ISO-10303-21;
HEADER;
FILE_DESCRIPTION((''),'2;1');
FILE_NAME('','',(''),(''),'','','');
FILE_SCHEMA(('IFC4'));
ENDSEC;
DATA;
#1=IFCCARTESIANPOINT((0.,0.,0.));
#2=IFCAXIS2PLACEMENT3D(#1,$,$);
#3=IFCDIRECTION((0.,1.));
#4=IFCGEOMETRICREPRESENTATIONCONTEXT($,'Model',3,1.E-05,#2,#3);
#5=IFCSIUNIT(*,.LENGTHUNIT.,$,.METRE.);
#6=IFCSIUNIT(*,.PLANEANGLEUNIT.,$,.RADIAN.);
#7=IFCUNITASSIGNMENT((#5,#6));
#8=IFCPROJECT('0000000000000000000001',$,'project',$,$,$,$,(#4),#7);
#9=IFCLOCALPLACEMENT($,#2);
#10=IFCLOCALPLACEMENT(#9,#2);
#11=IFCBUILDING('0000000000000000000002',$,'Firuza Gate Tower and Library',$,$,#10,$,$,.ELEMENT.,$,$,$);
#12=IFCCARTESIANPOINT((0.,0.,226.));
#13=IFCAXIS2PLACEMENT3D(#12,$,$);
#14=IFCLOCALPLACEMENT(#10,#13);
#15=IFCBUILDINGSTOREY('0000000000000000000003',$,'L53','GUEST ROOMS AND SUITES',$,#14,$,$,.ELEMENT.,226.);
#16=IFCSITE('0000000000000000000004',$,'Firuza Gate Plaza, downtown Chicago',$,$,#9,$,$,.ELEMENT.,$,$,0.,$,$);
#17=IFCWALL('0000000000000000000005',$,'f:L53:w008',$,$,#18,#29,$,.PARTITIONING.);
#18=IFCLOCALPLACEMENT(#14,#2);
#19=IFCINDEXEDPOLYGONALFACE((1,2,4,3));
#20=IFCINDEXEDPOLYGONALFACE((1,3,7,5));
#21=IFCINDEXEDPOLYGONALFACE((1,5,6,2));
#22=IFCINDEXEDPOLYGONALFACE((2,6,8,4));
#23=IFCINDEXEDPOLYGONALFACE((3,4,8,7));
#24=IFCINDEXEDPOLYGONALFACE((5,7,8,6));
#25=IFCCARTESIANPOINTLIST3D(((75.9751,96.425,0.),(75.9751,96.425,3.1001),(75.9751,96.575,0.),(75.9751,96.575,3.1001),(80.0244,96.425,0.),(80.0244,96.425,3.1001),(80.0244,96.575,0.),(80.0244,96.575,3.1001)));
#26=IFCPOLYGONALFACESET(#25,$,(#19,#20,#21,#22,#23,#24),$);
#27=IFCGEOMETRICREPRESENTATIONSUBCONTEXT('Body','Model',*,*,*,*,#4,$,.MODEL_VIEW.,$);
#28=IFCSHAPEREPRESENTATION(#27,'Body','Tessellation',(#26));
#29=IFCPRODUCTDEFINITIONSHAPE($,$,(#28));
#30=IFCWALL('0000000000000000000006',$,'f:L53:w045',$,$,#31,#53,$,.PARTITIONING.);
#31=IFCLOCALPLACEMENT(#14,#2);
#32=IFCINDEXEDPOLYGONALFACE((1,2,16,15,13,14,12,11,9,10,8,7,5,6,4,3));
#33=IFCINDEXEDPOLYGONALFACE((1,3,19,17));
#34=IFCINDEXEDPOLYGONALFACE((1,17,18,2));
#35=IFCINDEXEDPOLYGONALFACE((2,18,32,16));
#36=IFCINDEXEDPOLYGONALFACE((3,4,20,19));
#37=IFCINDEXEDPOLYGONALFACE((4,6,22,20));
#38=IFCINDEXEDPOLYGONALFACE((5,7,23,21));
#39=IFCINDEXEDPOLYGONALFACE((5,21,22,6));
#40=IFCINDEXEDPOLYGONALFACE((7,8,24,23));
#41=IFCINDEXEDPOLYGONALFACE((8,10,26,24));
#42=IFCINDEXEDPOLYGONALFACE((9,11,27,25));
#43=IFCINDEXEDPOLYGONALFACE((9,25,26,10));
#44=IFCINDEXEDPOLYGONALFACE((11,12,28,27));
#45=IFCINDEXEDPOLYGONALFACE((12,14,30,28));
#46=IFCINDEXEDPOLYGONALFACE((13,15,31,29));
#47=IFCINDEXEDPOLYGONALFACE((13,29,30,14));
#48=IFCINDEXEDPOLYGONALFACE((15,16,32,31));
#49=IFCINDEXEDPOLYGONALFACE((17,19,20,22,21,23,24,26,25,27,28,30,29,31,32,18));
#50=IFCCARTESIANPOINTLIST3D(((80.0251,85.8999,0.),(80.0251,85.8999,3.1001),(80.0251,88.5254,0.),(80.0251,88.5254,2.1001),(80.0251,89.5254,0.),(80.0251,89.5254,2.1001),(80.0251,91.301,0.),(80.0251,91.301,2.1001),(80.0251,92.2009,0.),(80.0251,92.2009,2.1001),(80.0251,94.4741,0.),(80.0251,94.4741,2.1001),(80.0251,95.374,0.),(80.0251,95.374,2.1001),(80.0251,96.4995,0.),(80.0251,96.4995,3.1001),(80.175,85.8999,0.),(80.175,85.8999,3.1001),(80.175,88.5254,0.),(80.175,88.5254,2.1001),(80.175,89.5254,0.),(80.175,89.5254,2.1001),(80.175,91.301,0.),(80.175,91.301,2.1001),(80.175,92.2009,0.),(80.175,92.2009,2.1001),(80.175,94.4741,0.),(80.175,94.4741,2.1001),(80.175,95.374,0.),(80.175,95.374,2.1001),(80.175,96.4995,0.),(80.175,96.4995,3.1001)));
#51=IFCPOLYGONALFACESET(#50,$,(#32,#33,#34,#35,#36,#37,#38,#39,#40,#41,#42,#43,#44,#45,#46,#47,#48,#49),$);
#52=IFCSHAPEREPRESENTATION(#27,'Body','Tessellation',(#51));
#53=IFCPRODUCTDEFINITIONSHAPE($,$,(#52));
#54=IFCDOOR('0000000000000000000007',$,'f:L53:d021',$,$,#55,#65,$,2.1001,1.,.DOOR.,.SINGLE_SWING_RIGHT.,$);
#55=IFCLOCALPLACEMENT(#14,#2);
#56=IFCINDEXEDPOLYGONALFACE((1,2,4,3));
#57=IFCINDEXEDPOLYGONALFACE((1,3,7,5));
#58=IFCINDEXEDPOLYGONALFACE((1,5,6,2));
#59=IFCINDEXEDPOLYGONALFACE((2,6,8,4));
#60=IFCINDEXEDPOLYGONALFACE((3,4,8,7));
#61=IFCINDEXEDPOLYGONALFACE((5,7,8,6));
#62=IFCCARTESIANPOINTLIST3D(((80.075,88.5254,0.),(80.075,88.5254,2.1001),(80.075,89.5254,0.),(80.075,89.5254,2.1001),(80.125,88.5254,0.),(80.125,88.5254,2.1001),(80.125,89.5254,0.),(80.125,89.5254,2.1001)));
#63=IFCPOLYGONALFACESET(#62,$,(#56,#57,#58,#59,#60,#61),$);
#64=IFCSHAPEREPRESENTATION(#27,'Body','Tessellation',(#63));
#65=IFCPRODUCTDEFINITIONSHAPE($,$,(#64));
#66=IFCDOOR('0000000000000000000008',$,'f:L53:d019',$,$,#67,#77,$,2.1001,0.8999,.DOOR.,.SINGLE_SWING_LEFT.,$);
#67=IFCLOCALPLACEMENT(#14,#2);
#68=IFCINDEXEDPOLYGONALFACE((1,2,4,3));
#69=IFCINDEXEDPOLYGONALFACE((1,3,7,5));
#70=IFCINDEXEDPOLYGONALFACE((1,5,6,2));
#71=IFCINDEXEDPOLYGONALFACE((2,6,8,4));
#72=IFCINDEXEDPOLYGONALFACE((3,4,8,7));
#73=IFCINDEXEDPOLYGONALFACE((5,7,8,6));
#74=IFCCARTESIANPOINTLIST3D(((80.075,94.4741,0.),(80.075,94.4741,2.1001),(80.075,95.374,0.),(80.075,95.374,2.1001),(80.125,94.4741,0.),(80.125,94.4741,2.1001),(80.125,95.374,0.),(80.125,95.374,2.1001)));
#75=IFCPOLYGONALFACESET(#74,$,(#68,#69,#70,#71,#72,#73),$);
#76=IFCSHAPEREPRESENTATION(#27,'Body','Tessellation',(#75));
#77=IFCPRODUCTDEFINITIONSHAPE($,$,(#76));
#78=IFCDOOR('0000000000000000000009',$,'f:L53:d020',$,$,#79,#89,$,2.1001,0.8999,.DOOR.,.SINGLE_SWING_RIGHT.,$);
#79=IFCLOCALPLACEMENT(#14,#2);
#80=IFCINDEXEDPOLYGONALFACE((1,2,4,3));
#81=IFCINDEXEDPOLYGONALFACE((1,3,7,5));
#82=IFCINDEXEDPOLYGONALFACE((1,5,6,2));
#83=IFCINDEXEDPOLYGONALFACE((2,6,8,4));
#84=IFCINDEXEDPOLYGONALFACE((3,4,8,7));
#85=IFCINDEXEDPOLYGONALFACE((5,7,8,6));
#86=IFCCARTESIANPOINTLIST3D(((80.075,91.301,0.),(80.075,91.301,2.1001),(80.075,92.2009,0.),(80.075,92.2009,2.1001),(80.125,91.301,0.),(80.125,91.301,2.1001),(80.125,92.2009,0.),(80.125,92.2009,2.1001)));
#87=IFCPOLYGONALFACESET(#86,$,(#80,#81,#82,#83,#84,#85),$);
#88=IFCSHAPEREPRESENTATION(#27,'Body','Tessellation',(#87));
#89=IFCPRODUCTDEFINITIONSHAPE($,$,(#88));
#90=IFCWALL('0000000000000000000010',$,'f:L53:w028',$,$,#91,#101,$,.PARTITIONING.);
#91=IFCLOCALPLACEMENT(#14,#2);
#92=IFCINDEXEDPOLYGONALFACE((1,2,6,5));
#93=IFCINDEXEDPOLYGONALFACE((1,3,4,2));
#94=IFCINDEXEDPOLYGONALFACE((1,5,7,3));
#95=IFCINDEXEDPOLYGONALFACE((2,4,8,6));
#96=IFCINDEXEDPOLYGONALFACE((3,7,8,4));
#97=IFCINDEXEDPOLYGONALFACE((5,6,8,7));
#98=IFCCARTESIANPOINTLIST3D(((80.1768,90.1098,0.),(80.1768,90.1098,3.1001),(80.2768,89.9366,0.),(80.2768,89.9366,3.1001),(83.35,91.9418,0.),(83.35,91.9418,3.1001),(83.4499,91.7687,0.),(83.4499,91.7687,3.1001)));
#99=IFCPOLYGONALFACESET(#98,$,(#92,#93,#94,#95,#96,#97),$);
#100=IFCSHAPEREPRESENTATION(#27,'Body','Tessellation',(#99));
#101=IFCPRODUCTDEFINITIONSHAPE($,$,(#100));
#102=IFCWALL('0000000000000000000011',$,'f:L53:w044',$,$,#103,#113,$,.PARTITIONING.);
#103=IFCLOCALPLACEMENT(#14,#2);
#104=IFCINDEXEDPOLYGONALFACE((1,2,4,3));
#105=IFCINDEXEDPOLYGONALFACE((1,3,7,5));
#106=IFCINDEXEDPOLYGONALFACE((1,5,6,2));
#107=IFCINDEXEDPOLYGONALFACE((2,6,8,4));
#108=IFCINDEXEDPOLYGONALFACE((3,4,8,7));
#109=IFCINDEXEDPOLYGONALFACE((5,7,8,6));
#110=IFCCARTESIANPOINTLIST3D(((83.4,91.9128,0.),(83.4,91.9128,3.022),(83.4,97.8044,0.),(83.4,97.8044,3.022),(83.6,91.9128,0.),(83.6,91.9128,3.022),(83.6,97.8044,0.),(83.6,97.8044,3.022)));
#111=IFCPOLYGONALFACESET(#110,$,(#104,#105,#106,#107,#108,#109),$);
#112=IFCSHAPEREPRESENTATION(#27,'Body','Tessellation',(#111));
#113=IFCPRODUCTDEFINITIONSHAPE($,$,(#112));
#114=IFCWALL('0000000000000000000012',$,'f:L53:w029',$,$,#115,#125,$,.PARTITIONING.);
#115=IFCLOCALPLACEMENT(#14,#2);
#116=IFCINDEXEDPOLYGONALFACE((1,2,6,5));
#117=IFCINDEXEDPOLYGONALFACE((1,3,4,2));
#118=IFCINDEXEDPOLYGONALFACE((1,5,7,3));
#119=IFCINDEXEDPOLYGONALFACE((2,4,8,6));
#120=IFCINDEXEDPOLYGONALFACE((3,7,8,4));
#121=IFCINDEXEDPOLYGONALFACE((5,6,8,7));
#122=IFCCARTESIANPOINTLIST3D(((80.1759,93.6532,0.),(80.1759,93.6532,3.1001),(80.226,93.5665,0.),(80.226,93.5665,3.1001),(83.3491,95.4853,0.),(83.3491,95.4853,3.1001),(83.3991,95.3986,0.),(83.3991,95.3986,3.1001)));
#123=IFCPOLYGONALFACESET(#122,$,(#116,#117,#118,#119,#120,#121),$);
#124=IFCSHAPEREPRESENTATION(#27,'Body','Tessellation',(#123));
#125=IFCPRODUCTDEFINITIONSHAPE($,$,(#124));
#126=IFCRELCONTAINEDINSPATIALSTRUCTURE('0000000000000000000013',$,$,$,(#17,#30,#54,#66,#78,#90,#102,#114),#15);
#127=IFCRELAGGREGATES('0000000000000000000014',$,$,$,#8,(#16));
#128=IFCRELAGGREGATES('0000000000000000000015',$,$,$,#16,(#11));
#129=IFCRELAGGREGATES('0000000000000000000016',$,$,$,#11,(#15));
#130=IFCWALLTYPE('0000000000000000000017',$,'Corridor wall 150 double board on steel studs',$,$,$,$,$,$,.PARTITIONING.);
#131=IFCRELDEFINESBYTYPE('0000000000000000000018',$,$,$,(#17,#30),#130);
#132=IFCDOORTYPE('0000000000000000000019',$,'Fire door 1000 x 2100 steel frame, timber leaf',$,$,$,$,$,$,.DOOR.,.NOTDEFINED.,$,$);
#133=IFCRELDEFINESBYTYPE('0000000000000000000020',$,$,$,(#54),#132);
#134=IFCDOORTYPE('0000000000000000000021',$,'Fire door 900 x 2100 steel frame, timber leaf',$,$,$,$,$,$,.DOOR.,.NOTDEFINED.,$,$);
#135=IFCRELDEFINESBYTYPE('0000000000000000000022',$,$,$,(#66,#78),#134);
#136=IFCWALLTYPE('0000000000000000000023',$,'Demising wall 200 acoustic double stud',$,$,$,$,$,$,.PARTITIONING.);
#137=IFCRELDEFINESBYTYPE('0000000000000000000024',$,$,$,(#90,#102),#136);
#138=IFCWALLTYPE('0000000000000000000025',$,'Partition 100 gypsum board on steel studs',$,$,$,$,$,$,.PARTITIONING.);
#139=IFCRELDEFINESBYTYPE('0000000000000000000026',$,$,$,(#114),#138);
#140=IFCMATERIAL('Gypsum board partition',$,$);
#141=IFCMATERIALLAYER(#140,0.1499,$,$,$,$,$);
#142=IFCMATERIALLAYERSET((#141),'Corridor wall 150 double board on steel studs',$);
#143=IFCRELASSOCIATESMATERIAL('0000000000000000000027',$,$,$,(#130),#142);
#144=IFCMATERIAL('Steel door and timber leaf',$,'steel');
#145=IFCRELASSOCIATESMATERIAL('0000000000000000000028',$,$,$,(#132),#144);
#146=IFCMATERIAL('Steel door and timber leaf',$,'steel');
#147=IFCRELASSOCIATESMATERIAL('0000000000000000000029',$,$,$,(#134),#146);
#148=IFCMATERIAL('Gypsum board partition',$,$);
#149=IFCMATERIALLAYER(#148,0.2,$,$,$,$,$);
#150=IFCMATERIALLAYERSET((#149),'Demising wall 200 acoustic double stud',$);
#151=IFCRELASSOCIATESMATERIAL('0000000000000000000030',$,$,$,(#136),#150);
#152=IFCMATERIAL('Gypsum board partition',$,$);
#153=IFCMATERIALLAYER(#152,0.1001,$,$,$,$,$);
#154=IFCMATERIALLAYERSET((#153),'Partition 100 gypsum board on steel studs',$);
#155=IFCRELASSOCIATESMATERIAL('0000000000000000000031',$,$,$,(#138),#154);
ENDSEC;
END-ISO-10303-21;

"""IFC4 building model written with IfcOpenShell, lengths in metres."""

from ifc_helpers import new_model, si_unit, direction, frame, frame_2d, origin, place, context, subcontext, project, spatial, rectangle, extrude, material, layer, layer_set, type_object, element, fill, save


model = new_model("IFC4")

# Units and contexts
model_context = context("Model", 3, precision=1e-05, world=origin(), true_north=direction((0.0, 1.0)))
body_context = subcontext(model_context, "Body", "Model", "MODEL_VIEW")
ifc_project = project(units=[si_unit("LENGTHUNIT", "METRE"), si_unit("PLANEANGLEUNIT", "RADIAN")], contexts=[model_context])

# Site, building, storey
site_placement = place(None, origin())
site = spatial("IfcSite", under=ifc_project, at=site_placement, Name="Firuza Gate Plaza, downtown Chicago", CompositionType="ELEMENT", RefElevation=0.0)
building_placement = place(site_placement, origin())
building = spatial("IfcBuilding", under=site, at=building_placement, Name="Firuza Gate Tower and Library", CompositionType="ELEMENT")
storey_placement = place(building_placement, frame((0.0, 0.0, 226.0)))
storey = spatial("IfcBuildingStorey", under=building, at=storey_placement, Name="L53", Description="GUEST ROOMS AND SUITES", CompositionType="ELEMENT", Elevation=226.0)

# Wall
ifc_material_1 = material(Name="Gypsum board partition")
ifc_layer_1 = layer(ifc_material_1, 0.1499)
ifc_layer_set_1 = layer_set([ifc_layer_1], Name="Corridor wall 150 double board on steel studs")
wall_type_1 = type_object("IfcWallType", Name="Corridor wall 150 double board on steel studs", PredefinedType="PARTITIONING", material=ifc_layer_set_1)
wall_1_placement = place(storey_placement, frame((75.9751, 96.5, 0.0), z_axis=(0.0, 0.0, 1.0), x_axis=(1.0, 0.0, 0.0)))
element("IfcWall", 1, at=wall_1_placement, inside=storey, type_object=wall_type_1, Name="f:L53:w008", PredefinedType="PARTITIONING", context=body_context, shape_type="SweptSolid", body=[
    extrude(rectangle(XDim=4.0493, YDim=0.1499, at=frame_2d((2.0247, 0.0))), origin(), (0.0, 0.0, 1.0), 3.1001),
])

# Wall, openings, doors
wall_2_placement = place(storey_placement, frame((80.1001, 96.4995, 0.0), z_axis=(0.0, 0.0, 1.0), x_axis=(0.0, -1.0, 0.0)))
wall_2 = element("IfcWall", 2, at=wall_2_placement, inside=storey, type_object=wall_type_1, Name="f:L53:w045", PredefinedType="PARTITIONING", context=body_context, shape_type="SweptSolid", body=[
    extrude(rectangle(XDim=10.5996, YDim=0.1499, at=frame_2d((5.2998, 0.0))), origin(), (0.0, 0.0, 1.0), 3.1001),
])
opening_1_placement = place(wall_2_placement, frame((1.1255, 0.0, 0.0)))
opening_1 = element("IfcOpeningElement", 3, at=opening_1_placement, cuts=wall_2, PredefinedType="OPENING", context=body_context, shape_type="SweptSolid", body=[
    extrude(rectangle(XDim=0.8999, YDim=2.1001, at=frame_2d((0.45, 1.05))), frame((0.0, 0.085, 0.0), z_axis=(0.0, -1.0, 0.0), x_axis=(1.0, 0.0, 0.0)), (0.0, 0.0, 1.0), 0.1699),
])
opening_2_placement = place(wall_2_placement, frame((4.2986, 0.0, 0.0)))
opening_2 = element("IfcOpeningElement", 4, at=opening_2_placement, cuts=wall_2, PredefinedType="OPENING", context=body_context, shape_type="SweptSolid", body=[
    extrude(rectangle(XDim=0.8999, YDim=2.1001, at=frame_2d((0.45, 1.05))), frame((0.0, 0.085, 0.0), z_axis=(0.0, -1.0, 0.0), x_axis=(1.0, 0.0, 0.0)), (0.0, 0.0, 1.0), 0.1699),
])
opening_3_placement = place(wall_2_placement, frame((6.9741, 0.0, 0.0)))
opening_3 = element("IfcOpeningElement", 5, at=opening_3_placement, cuts=wall_2, PredefinedType="OPENING", context=body_context, shape_type="SweptSolid", body=[
    extrude(rectangle(XDim=1.0, YDim=2.1001, at=frame_2d((0.5, 1.05))), frame((0.0, 0.085, 0.0), z_axis=(0.0, -1.0, 0.0), x_axis=(1.0, 0.0, 0.0)), (0.0, 0.0, 1.0), 0.1699),
])
ifc_material_2 = material(Name="Steel door and timber leaf", Category="steel")
door_type_1 = type_object("IfcDoorType", Name="Fire door 1000 x 2100 steel frame, timber leaf", OperationType="NOTDEFINED", PredefinedType="DOOR", material=ifc_material_2)
door_1_placement = place(opening_3_placement, origin())
door_1 = element("IfcDoor", 6, at=door_1_placement, inside=storey, type_object=door_type_1, Name="f:L53:d021", OperationType="SINGLE_SWING_RIGHT", OverallHeight=2.1001, OverallWidth=1.0, PredefinedType="DOOR", context=body_context, shape_type="SweptSolid", body=[
    extrude(rectangle(XDim=1.0, YDim=2.1001, at=frame_2d((0.5, 1.05))), frame((0.0, 0.0249, 0.0), z_axis=(0.0, -1.0, 0.0), x_axis=(1.0, 0.0, 0.0)), (0.0, 0.0, 1.0), 0.05),
])
fill(opening_3, door_1)
ifc_material_3 = material(Name="Steel door and timber leaf", Category="steel")
door_type_2 = type_object("IfcDoorType", Name="Fire door 900 x 2100 steel frame, timber leaf", OperationType="NOTDEFINED", PredefinedType="DOOR", material=ifc_material_3)
door_2_placement = place(opening_1_placement, origin())
door_2 = element("IfcDoor", 7, at=door_2_placement, inside=storey, type_object=door_type_2, Name="f:L53:d019", OperationType="SINGLE_SWING_LEFT", OverallHeight=2.1001, OverallWidth=0.8999, PredefinedType="DOOR", context=body_context, shape_type="SweptSolid", body=[
    extrude(rectangle(XDim=0.8999, YDim=2.1001, at=frame_2d((0.45, 1.05))), frame((0.0, 0.0249, 0.0), z_axis=(0.0, -1.0, 0.0), x_axis=(1.0, 0.0, 0.0)), (0.0, 0.0, 1.0), 0.05),
])
fill(opening_1, door_2)
door_3_placement = place(opening_2_placement, origin())
door_3 = element("IfcDoor", 8, at=door_3_placement, inside=storey, type_object=door_type_2, Name="f:L53:d020", OperationType="SINGLE_SWING_RIGHT", OverallHeight=2.1001, OverallWidth=0.8999, PredefinedType="DOOR", context=body_context, shape_type="SweptSolid", body=[
    extrude(rectangle(XDim=0.8999, YDim=2.1001, at=frame_2d((0.45, 1.05))), frame((0.0, 0.0249, 0.0), z_axis=(0.0, -1.0, 0.0), x_axis=(1.0, 0.0, 0.0)), (0.0, 0.0, 1.0), 0.05),
])
fill(opening_2, door_3)

# Walls
ifc_material_4 = material(Name="Gypsum board partition")
ifc_layer_2 = layer(ifc_material_4, 0.2)
ifc_layer_set_2 = layer_set([ifc_layer_2], Name="Demising wall 200 acoustic double stud")
wall_type_2 = type_object("IfcWallType", Name="Demising wall 200 acoustic double stud", PredefinedType="PARTITIONING", material=ifc_layer_set_2)
wall_3_placement = place(storey_placement, frame((80.2268, 90.0232, 0.0), z_axis=(0.0, 0.0, 1.0), x_axis=(0.86602, 0.500009, 0.0)))
element("IfcWall", 9, at=wall_3_placement, inside=storey, type_object=wall_type_2, Name="f:L53:w028", PredefinedType="PARTITIONING", context=body_context, shape_type="SweptSolid", body=[
    extrude(rectangle(XDim=3.6641, YDim=0.2, at=frame_2d((1.832, 0.0))), origin(), (0.0, 0.0, 1.0), 3.1001),
])
wall_4_placement = place(storey_placement, frame((83.5, 91.9128, 0.0), z_axis=(0.0, 0.0, 1.0), x_axis=(0.0, 1.0, 0.0)))
element("IfcWall", 10, at=wall_4_placement, inside=storey, type_object=wall_type_2, Name="f:L53:w044", PredefinedType="PARTITIONING", context=body_context, shape_type="SweptSolid", body=[
    extrude(rectangle(XDim=5.8916, YDim=0.2, at=frame_2d((2.9458, 0.0))), origin(), (0.0, 0.0, 1.0), 3.022),
])
ifc_material_5 = material(Name="Gypsum board partition")
ifc_layer_3 = layer(ifc_material_5, 0.1001)
ifc_layer_set_3 = layer_set([ifc_layer_3], Name="Partition 100 gypsum board on steel studs")
wall_type_3 = type_object("IfcWallType", Name="Partition 100 gypsum board on steel studs", PredefinedType="PARTITIONING", material=ifc_layer_set_3)
wall_5_placement = place(storey_placement, frame((80.2009, 93.6099, 0.0), z_axis=(0.0, 0.0, 1.0), x_axis=(0.86602, 0.500009, 0.0)))
element("IfcWall", 11, at=wall_5_placement, inside=storey, type_object=wall_type_3, Name="f:L53:w029", PredefinedType="PARTITIONING", context=body_context, shape_type="SweptSolid", body=[
    extrude(rectangle(XDim=3.6641, YDim=0.1001, at=frame_2d((1.832, 0.0))), origin(), (0.0, 0.0, 1.0), 3.1001),
])

save(model, "model.ifc")
